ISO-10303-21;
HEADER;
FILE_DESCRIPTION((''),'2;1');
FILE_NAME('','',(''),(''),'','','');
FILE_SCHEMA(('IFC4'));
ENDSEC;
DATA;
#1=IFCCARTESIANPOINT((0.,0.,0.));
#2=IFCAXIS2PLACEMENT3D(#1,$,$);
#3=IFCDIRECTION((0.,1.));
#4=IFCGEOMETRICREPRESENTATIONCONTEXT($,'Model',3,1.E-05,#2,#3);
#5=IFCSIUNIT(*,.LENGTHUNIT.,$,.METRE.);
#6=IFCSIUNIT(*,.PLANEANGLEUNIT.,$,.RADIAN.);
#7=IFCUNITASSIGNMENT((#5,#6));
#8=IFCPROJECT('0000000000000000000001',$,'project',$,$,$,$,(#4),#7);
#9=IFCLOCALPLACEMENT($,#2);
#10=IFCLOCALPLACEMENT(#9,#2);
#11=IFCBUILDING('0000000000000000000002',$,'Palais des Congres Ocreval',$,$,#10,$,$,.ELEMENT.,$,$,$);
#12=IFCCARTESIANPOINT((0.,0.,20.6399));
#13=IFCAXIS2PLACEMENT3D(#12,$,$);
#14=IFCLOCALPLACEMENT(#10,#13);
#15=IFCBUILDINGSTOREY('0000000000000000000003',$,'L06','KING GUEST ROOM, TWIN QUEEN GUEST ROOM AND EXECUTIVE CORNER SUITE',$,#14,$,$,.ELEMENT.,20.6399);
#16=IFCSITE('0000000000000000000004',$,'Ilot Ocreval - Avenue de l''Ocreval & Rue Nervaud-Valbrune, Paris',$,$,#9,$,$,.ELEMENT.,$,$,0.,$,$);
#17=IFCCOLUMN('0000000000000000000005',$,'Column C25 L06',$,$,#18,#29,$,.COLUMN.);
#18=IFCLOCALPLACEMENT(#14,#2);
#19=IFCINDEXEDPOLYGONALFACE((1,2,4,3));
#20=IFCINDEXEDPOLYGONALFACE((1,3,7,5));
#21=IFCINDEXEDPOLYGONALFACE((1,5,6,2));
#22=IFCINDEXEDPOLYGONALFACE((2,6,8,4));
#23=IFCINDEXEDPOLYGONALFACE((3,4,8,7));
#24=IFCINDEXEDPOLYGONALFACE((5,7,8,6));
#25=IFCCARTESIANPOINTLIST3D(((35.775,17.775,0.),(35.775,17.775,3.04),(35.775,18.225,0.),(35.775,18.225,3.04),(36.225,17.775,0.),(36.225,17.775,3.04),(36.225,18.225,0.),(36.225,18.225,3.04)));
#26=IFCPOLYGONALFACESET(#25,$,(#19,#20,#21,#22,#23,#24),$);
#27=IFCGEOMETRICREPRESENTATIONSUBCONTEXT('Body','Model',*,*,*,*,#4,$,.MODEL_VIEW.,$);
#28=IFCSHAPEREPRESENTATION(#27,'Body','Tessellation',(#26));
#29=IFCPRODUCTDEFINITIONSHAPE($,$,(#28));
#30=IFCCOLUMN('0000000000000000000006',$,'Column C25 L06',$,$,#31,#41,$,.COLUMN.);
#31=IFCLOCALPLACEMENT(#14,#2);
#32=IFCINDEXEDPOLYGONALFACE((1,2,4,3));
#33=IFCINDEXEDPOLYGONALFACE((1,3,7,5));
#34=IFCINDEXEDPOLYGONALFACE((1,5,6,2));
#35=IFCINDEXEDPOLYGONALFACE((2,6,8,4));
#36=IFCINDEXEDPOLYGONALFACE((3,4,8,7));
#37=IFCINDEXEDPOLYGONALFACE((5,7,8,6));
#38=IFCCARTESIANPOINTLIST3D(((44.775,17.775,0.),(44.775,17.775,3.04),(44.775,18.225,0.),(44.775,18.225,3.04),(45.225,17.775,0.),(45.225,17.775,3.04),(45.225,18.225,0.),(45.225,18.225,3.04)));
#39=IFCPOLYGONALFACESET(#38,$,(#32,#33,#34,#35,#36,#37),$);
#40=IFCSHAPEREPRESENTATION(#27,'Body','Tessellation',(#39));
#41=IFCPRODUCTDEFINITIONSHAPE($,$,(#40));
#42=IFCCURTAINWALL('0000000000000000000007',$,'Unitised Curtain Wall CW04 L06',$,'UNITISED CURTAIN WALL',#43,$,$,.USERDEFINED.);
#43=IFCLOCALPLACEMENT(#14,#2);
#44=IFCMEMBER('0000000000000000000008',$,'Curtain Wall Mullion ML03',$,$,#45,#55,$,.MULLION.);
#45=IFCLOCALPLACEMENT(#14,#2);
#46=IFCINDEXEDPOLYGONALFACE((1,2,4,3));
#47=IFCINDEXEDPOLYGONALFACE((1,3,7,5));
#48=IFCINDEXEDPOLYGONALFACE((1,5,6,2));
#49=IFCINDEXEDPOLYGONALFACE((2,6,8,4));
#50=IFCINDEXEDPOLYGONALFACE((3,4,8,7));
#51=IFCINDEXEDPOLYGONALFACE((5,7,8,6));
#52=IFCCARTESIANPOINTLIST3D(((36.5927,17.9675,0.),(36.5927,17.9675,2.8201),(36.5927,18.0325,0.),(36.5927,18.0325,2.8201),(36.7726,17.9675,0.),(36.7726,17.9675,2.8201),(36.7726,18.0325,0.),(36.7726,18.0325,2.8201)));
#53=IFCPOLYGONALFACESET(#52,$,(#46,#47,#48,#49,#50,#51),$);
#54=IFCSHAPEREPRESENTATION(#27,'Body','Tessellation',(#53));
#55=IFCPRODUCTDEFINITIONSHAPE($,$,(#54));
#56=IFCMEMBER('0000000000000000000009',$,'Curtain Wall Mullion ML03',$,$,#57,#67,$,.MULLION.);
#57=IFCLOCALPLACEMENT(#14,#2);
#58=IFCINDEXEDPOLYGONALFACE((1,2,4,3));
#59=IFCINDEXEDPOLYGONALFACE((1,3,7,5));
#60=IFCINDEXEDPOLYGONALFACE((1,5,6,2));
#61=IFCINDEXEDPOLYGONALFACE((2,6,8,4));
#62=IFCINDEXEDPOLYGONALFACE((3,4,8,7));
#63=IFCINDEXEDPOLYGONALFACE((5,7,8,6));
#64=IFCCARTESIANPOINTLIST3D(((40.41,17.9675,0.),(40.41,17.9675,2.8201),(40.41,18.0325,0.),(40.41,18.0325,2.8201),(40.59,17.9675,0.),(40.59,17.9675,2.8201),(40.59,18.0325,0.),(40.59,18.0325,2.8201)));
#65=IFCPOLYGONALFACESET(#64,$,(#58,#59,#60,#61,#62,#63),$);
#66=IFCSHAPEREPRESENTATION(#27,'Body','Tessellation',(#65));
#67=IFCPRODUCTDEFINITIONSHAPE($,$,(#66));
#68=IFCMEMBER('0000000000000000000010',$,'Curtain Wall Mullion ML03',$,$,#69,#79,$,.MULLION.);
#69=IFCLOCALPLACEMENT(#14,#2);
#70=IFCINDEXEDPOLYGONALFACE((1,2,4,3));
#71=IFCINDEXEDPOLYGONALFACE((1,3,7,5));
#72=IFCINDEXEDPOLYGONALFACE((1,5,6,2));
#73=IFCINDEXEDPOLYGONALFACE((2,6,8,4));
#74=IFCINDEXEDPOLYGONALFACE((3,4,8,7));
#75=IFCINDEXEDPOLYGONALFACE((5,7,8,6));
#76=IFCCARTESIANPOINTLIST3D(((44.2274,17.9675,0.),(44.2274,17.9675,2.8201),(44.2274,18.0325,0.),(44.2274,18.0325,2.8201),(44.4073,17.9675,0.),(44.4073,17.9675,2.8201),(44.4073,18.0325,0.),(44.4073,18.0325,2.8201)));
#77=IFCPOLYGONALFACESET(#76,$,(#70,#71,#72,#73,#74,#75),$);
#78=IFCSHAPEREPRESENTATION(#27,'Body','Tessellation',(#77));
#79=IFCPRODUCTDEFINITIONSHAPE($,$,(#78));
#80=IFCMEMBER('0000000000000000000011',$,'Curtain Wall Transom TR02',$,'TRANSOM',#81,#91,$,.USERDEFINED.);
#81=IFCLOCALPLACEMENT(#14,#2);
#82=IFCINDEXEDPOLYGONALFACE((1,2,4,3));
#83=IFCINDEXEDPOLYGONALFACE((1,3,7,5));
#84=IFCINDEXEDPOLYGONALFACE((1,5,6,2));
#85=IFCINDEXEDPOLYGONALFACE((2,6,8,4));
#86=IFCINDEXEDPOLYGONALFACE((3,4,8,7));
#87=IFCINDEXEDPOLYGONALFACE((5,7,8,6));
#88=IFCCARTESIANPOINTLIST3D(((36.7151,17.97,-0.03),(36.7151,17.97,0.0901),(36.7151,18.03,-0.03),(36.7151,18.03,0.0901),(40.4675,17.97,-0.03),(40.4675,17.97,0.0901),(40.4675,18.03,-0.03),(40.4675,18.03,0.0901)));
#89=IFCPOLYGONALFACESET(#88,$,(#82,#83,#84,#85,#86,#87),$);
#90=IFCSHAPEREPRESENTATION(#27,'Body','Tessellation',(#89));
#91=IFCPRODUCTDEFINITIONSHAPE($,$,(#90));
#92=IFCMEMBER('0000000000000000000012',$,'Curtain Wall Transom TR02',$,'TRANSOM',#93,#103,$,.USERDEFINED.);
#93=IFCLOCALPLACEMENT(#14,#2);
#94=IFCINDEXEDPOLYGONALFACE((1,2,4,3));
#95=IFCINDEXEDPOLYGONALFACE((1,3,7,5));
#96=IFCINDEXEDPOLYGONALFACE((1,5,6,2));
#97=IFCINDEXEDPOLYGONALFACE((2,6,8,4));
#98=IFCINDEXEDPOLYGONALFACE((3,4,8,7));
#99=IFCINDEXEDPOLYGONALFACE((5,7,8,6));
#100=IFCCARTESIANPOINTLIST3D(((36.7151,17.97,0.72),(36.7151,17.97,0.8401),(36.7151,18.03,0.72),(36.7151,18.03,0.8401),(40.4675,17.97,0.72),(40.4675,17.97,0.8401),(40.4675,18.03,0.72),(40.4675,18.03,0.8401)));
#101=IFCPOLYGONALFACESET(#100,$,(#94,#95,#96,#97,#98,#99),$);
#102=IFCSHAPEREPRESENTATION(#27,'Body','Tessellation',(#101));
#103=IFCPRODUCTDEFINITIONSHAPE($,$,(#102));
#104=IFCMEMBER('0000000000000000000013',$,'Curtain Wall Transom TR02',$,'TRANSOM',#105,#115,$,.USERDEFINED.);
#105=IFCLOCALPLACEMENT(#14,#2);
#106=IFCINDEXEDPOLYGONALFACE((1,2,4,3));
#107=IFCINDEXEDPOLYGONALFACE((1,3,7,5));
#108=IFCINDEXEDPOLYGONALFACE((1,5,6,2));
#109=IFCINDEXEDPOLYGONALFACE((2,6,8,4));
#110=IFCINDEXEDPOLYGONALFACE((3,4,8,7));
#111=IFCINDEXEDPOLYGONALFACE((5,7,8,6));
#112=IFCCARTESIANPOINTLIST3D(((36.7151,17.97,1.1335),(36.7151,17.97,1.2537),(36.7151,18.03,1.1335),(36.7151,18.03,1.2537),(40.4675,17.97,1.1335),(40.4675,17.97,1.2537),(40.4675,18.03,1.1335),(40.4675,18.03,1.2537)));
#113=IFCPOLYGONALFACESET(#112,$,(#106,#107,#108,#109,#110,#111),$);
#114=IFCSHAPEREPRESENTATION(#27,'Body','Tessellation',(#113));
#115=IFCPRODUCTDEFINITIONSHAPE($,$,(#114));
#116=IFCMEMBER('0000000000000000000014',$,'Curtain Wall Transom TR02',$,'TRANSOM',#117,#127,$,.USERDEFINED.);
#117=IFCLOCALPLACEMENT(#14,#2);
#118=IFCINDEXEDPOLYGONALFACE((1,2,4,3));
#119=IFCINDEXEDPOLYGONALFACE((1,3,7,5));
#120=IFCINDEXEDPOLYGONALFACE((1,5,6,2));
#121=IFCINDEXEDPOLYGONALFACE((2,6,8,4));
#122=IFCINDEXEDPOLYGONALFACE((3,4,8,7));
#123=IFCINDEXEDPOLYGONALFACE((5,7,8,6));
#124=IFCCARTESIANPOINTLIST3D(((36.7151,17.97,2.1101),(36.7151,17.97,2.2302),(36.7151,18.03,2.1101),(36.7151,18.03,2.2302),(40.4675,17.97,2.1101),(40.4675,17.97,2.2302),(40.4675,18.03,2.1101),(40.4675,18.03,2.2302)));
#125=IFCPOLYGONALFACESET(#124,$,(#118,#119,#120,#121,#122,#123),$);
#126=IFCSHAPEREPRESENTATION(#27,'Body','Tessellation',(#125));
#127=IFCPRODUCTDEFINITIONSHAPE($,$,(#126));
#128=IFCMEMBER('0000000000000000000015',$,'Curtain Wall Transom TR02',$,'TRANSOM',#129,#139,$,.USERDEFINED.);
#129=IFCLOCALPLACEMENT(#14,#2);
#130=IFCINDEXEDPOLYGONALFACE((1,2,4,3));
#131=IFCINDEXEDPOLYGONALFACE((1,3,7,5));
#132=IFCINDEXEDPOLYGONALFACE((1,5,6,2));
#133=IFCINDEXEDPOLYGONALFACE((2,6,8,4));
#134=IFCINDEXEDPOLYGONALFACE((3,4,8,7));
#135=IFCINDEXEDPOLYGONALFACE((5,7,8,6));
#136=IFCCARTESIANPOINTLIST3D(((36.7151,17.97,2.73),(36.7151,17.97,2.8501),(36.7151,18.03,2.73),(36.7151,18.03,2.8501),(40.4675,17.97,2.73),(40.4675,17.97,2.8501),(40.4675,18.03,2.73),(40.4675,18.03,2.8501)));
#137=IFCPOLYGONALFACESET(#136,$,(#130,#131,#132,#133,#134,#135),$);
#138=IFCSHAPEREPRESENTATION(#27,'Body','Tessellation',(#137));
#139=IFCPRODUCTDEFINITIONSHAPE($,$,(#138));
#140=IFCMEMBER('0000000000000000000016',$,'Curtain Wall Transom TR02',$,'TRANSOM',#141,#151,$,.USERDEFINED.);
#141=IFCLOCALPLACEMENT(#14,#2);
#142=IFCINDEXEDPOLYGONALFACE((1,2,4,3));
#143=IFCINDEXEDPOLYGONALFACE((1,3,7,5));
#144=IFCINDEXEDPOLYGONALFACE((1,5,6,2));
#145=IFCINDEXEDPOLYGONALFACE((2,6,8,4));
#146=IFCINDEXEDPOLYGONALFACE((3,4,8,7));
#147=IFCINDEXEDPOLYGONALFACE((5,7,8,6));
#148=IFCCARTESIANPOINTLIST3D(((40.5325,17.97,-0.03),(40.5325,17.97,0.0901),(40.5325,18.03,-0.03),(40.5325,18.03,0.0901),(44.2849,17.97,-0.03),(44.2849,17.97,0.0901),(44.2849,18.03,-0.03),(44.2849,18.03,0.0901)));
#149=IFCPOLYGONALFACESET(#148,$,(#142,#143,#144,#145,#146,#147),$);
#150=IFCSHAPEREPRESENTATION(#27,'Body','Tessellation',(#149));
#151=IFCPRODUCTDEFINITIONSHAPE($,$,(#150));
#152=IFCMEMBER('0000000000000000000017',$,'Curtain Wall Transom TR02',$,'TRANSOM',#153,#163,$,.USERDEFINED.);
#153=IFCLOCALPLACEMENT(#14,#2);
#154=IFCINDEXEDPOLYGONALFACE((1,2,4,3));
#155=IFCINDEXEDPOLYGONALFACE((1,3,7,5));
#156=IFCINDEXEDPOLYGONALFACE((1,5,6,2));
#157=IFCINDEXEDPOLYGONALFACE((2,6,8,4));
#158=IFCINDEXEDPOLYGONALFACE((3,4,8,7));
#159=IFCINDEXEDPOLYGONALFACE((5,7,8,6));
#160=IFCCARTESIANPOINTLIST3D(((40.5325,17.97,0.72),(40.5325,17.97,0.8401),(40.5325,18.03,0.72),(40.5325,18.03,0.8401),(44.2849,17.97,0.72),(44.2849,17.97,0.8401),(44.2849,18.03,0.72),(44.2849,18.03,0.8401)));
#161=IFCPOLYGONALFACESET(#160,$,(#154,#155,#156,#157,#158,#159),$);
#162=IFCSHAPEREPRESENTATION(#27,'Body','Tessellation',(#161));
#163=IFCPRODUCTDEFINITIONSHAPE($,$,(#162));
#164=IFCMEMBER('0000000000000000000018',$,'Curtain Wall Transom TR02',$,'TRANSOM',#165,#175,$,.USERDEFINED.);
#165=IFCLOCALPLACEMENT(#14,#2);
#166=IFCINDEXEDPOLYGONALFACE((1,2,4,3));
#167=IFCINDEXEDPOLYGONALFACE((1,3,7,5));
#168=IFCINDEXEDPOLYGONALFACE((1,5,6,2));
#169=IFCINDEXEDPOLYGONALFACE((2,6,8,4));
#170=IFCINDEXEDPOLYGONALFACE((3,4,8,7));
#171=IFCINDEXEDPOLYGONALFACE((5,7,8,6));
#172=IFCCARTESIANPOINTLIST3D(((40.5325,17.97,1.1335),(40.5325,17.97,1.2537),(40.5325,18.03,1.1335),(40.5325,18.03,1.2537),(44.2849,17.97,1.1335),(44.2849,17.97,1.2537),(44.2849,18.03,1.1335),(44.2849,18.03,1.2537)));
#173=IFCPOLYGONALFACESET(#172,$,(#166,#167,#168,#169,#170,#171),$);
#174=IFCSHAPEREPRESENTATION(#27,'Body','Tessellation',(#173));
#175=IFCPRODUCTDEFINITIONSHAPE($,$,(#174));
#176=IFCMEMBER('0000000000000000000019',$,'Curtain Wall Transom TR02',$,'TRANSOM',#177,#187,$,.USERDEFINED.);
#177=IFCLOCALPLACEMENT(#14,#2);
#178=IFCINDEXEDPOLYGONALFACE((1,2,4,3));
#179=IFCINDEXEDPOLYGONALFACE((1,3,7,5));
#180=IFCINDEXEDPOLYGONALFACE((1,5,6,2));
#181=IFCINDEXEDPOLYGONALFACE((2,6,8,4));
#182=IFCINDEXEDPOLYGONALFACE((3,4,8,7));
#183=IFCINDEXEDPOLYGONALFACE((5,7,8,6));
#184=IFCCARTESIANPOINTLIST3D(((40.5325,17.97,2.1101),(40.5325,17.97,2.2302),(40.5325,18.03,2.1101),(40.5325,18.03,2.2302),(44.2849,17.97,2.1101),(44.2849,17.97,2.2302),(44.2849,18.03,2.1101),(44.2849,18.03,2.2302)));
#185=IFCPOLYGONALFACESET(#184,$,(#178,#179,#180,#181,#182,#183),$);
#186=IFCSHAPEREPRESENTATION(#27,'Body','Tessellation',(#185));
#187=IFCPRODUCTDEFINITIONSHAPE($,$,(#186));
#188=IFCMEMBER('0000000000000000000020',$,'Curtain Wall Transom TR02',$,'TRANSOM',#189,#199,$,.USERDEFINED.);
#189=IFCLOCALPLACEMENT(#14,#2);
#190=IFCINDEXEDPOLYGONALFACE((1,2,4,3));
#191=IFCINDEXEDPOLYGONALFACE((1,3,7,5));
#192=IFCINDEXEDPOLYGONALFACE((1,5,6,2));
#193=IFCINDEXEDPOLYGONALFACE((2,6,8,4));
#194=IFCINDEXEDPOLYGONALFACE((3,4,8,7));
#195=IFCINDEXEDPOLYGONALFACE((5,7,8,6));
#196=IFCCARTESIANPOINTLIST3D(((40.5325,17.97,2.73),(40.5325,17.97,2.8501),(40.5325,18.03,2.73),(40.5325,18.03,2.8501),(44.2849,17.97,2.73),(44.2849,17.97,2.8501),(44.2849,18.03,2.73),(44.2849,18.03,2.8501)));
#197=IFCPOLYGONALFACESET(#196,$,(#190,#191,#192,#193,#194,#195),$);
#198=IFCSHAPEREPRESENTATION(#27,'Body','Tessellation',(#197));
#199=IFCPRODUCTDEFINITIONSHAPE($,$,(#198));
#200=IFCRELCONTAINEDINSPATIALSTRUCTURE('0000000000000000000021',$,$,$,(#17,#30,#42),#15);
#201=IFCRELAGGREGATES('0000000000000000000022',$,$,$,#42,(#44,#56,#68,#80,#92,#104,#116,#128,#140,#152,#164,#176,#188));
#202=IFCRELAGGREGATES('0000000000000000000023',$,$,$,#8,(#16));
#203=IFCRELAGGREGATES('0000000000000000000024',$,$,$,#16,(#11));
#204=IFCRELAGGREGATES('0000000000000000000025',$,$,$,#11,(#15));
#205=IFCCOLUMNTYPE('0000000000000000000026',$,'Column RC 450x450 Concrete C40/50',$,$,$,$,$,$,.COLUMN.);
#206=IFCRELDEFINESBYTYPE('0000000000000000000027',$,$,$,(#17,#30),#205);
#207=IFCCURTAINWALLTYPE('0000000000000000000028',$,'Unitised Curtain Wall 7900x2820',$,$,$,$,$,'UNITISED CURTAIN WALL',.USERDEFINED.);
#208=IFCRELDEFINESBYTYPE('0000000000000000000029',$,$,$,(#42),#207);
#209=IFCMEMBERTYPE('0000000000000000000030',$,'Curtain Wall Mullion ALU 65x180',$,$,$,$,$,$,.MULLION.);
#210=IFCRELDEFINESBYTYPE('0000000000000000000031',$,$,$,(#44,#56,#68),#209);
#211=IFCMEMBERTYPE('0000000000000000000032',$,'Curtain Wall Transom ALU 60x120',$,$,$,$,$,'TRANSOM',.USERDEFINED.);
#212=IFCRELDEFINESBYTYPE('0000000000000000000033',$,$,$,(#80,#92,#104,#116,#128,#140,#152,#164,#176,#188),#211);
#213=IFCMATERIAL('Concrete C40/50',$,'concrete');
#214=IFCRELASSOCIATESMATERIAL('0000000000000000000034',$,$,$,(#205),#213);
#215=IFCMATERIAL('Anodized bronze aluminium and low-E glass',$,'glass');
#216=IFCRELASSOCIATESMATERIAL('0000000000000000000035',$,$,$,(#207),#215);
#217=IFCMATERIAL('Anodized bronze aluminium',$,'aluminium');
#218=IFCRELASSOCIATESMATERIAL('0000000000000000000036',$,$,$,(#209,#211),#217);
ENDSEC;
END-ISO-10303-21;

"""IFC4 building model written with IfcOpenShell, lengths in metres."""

from ifc_helpers import new_model, si_unit, direction, frame, origin, origin_2d, place, context, subcontext, project, spatial, rectangle, extrude, material, material_profile, profile_set, type_object, element, aggregate, save


model = new_model("IFC4")

# Units and contexts
model_context = context("Model", 3, precision=1e-05, world=origin(), true_north=direction((0.0, 1.0)))
body_context = subcontext(model_context, "Body", "Model", "MODEL_VIEW")
ifc_project = project(units=[si_unit("LENGTHUNIT", "METRE"), si_unit("PLANEANGLEUNIT", "RADIAN")], contexts=[model_context])

# Site, building, storey
site_placement = place(None, origin())
site = spatial("IfcSite", under=ifc_project, at=site_placement, Name="Ilot Ocreval - Avenue de l'Ocreval & Rue Nervaud-Valbrune, Paris", CompositionType="ELEMENT", RefElevation=0.0)
building_placement = place(site_placement, origin())
building = spatial("IfcBuilding", under=site, at=building_placement, Name="Palais des Congres Ocreval", CompositionType="ELEMENT")
storey_placement = place(building_placement, frame((0.0, 0.0, 20.6399)))
storey = spatial("IfcBuildingStorey", under=building, at=storey_placement, Name="L06", Description="KING GUEST ROOM, TWIN QUEEN GUEST ROOM AND EXECUTIVE CORNER SUITE", CompositionType="ELEMENT", Elevation=20.6399)

# Columns
ifc_material_1 = material(Name="Concrete C40/50", Category="concrete")
ifc_material_profile_1 = material_profile(ifc_material_1, rectangle(XDim=0.45, YDim=0.45, at=origin_2d()), Name="RC 450x450")
ifc_profile_set_1 = profile_set([ifc_material_profile_1], Name="Concrete C40/50")
column_type = type_object("IfcColumnType", Name="Column RC 450x450 Concrete C40/50", PredefinedType="COLUMN", material=ifc_profile_set_1)
for number, where, z_axis, x_axis, name in (
    (1, (36.0, 18.0, 0.0), (0.0, 0.0, 1.0), (1.0, 0.0, 0.0), "Column C25 L06"),
    (2, (45.0, 18.0, 0.0), (0.0, 0.0, 1.0), (1.0, 0.0, 0.0), "Column C25 L06"),
):
    element("IfcColumn", number, at=place(storey_placement, frame(where, z_axis=z_axis, x_axis=x_axis)), inside=storey, type_object=column_type, Name=name, PredefinedType="COLUMN", context=body_context, shape_type="SweptSolid", body=[
        extrude(rectangle(XDim=0.45, YDim=0.45, at=origin_2d()), origin(), (0.0, 0.0, 1.0), 3.04),
    ])

# Curtain wall, members
ifc_material_2 = material(Name="Anodized bronze aluminium and low-E glass", Category="glass")
curtain_wall_type = type_object("IfcCurtainWallType", Name="Unitised Curtain Wall 7900x2820", ElementType="UNITISED CURTAIN WALL", PredefinedType="USERDEFINED", material=ifc_material_2)
curtain_wall_placement = place(storey_placement, origin())
curtain_wall = element("IfcCurtainWall", 3, at=curtain_wall_placement, inside=storey, type_object=curtain_wall_type, Name="Unitised Curtain Wall CW04 L06", ObjectType="UNITISED CURTAIN WALL", PredefinedType="USERDEFINED")
ifc_material_3 = material(Name="Anodized bronze aluminium", Category="aluminium")
ifc_material_profile_2 = material_profile(ifc_material_3, rectangle(XDim=0.0649, YDim=0.1799, at=origin_2d()), Name="ALU 65x180")
ifc_profile_set_2 = profile_set([ifc_material_profile_2], Name="Anodized bronze aluminium")
member_type_1 = type_object("IfcMemberType", Name="Curtain Wall Mullion ALU 65x180", PredefinedType="MULLION", material=ifc_profile_set_2)
member_1_placement = place(storey_placement, frame((36.6826, 18.0, 0.0), z_axis=(0.0, 0.0, 1.0), x_axis=(0.0, 1.0, 0.0)))
member_1 = element("IfcMember", 4, at=member_1_placement, type_object=member_type_1, Name="Curtain Wall Mullion ML03", PredefinedType="MULLION", context=body_context, shape_type="SweptSolid", body=[
    extrude(rectangle(XDim=0.0649, YDim=0.1799, at=origin_2d()), origin(), (0.0, 0.0, 1.0), 2.8201),
])
member_2_placement = place(storey_placement, frame((40.5, 18.0, 0.0), z_axis=(0.0, 0.0, 1.0), x_axis=(0.0, 1.0, 0.0)))
member_2 = element("IfcMember", 5, at=member_2_placement, type_object=member_type_1, Name="Curtain Wall Mullion ML03", PredefinedType="MULLION", context=body_context, shape_type="SweptSolid", body=[
    extrude(rectangle(XDim=0.0649, YDim=0.1799, at=origin_2d()), origin(), (0.0, 0.0, 1.0), 2.8201),
])
member_3_placement = place(storey_placement, frame((44.3174, 18.0, 0.0), z_axis=(0.0, 0.0, 1.0), x_axis=(0.0, 1.0, 0.0)))
member_3 = element("IfcMember", 6, at=member_3_placement, type_object=member_type_1, Name="Curtain Wall Mullion ML03", PredefinedType="MULLION", context=body_context, shape_type="SweptSolid", body=[
    extrude(rectangle(XDim=0.0649, YDim=0.1799, at=origin_2d()), origin(), (0.0, 0.0, 1.0), 2.8201),
])
ifc_material_profile_3 = material_profile(ifc_material_3, rectangle(XDim=0.0601, YDim=0.1201, at=origin_2d()), Name="ALU 60x120")
ifc_profile_set_3 = profile_set([ifc_material_profile_3], Name="Anodized bronze aluminium")
member_type_2 = type_object("IfcMemberType", Name="Curtain Wall Transom ALU 60x120", ElementType="TRANSOM", PredefinedType="USERDEFINED", material=ifc_profile_set_3)
member_4_placement = place(storey_placement, frame((36.7151, 18.0, 0.03), z_axis=(1.0, 0.0, 0.0), x_axis=(0.0, 1.0, 0.0)))
member_4 = element("IfcMember", 7, at=member_4_placement, type_object=member_type_2, Name="Curtain Wall Transom TR02", ObjectType="TRANSOM", PredefinedType="USERDEFINED", context=body_context, shape_type="SweptSolid", body=[
    extrude(rectangle(XDim=0.0601, YDim=0.1201, at=origin_2d()), origin(), (0.0, 0.0, 1.0), 3.7524),
])
member_5_placement = place(storey_placement, frame((36.7151, 18.0, 0.78), z_axis=(1.0, 0.0, 0.0), x_axis=(0.0, 1.0, 0.0)))
member_5 = element("IfcMember", 8, at=member_5_placement, type_object=member_type_2, Name="Curtain Wall Transom TR02", ObjectType="TRANSOM", PredefinedType="USERDEFINED", context=body_context, shape_type="SweptSolid", body=[
    extrude(rectangle(XDim=0.0601, YDim=0.1201, at=origin_2d()), origin(), (0.0, 0.0, 1.0), 3.7524),
])
member_6_placement = place(storey_placement, frame((36.7151, 18.0, 1.1936), z_axis=(1.0, 0.0, 0.0), x_axis=(0.0, 1.0, 0.0)))
member_6 = element("IfcMember", 9, at=member_6_placement, type_object=member_type_2, Name="Curtain Wall Transom TR02", ObjectType="TRANSOM", PredefinedType="USERDEFINED", context=body_context, shape_type="SweptSolid", body=[
    extrude(rectangle(XDim=0.0601, YDim=0.1201, at=origin_2d()), origin(), (0.0, 0.0, 1.0), 3.7524),
])
member_7_placement = place(storey_placement, frame((36.7151, 18.0, 2.1702), z_axis=(1.0, 0.0, 0.0), x_axis=(0.0, 1.0, 0.0)))
member_7 = element("IfcMember", 10, at=member_7_placement, type_object=member_type_2, Name="Curtain Wall Transom TR02", ObjectType="TRANSOM", PredefinedType="USERDEFINED", context=body_context, shape_type="SweptSolid", body=[
    extrude(rectangle(XDim=0.0601, YDim=0.1201, at=origin_2d()), origin(), (0.0, 0.0, 1.0), 3.7524),
])
member_8_placement = place(storey_placement, frame((36.7151, 18.0, 2.79), z_axis=(1.0, 0.0, 0.0), x_axis=(0.0, 1.0, 0.0)))
member_8 = element("IfcMember", 11, at=member_8_placement, type_object=member_type_2, Name="Curtain Wall Transom TR02", ObjectType="TRANSOM", PredefinedType="USERDEFINED", context=body_context, shape_type="SweptSolid", body=[
    extrude(rectangle(XDim=0.0601, YDim=0.1201, at=origin_2d()), origin(), (0.0, 0.0, 1.0), 3.7524),
])
member_9_placement = place(storey_placement, frame((40.5325, 18.0, 0.03), z_axis=(1.0, 0.0, 0.0), x_axis=(0.0, 1.0, 0.0)))
member_9 = element("IfcMember", 12, at=member_9_placement, type_object=member_type_2, Name="Curtain Wall Transom TR02", ObjectType="TRANSOM", PredefinedType="USERDEFINED", context=body_context, shape_type="SweptSolid", body=[
    extrude(rectangle(XDim=0.0601, YDim=0.1201, at=origin_2d()), origin(), (0.0, 0.0, 1.0), 3.7524),
])
member_10_placement = place(storey_placement, frame((40.5325, 18.0, 0.78), z_axis=(1.0, 0.0, 0.0), x_axis=(0.0, 1.0, 0.0)))
member_10 = element("IfcMember", 13, at=member_10_placement, type_object=member_type_2, Name="Curtain Wall Transom TR02", ObjectType="TRANSOM", PredefinedType="USERDEFINED", context=body_context, shape_type="SweptSolid", body=[
    extrude(rectangle(XDim=0.0601, YDim=0.1201, at=origin_2d()), origin(), (0.0, 0.0, 1.0), 3.7524),
])
member_11_placement = place(storey_placement, frame((40.5325, 18.0, 1.1936), z_axis=(1.0, 0.0, 0.0), x_axis=(0.0, 1.0, 0.0)))
member_11 = element("IfcMember", 14, at=member_11_placement, type_object=member_type_2, Name="Curtain Wall Transom TR02", ObjectType="TRANSOM", PredefinedType="USERDEFINED", context=body_context, shape_type="SweptSolid", body=[
    extrude(rectangle(XDim=0.0601, YDim=0.1201, at=origin_2d()), origin(), (0.0, 0.0, 1.0), 3.7524),
])
member_12_placement = place(storey_placement, frame((40.5325, 18.0, 2.1702), z_axis=(1.0, 0.0, 0.0), x_axis=(0.0, 1.0, 0.0)))
member_12 = element("IfcMember", 15, at=member_12_placement, type_object=member_type_2, Name="Curtain Wall Transom TR02", ObjectType="TRANSOM", PredefinedType="USERDEFINED", context=body_context, shape_type="SweptSolid", body=[
    extrude(rectangle(XDim=0.0601, YDim=0.1201, at=origin_2d()), origin(), (0.0, 0.0, 1.0), 3.7524),
])
member_13_placement = place(storey_placement, frame((40.5325, 18.0, 2.79), z_axis=(1.0, 0.0, 0.0), x_axis=(0.0, 1.0, 0.0)))
member_13 = element("IfcMember", 16, at=member_13_placement, type_object=member_type_2, Name="Curtain Wall Transom TR02", ObjectType="TRANSOM", PredefinedType="USERDEFINED", context=body_context, shape_type="SweptSolid", body=[
    extrude(rectangle(XDim=0.0601, YDim=0.1201, at=origin_2d()), origin(), (0.0, 0.0, 1.0), 3.7524),
])

aggregate(curtain_wall, [member_1, member_2, member_3, member_4, member_5, member_6, member_7, member_8, member_9, member_10, member_11, member_12, member_13])

save(model, "model.ifc")
